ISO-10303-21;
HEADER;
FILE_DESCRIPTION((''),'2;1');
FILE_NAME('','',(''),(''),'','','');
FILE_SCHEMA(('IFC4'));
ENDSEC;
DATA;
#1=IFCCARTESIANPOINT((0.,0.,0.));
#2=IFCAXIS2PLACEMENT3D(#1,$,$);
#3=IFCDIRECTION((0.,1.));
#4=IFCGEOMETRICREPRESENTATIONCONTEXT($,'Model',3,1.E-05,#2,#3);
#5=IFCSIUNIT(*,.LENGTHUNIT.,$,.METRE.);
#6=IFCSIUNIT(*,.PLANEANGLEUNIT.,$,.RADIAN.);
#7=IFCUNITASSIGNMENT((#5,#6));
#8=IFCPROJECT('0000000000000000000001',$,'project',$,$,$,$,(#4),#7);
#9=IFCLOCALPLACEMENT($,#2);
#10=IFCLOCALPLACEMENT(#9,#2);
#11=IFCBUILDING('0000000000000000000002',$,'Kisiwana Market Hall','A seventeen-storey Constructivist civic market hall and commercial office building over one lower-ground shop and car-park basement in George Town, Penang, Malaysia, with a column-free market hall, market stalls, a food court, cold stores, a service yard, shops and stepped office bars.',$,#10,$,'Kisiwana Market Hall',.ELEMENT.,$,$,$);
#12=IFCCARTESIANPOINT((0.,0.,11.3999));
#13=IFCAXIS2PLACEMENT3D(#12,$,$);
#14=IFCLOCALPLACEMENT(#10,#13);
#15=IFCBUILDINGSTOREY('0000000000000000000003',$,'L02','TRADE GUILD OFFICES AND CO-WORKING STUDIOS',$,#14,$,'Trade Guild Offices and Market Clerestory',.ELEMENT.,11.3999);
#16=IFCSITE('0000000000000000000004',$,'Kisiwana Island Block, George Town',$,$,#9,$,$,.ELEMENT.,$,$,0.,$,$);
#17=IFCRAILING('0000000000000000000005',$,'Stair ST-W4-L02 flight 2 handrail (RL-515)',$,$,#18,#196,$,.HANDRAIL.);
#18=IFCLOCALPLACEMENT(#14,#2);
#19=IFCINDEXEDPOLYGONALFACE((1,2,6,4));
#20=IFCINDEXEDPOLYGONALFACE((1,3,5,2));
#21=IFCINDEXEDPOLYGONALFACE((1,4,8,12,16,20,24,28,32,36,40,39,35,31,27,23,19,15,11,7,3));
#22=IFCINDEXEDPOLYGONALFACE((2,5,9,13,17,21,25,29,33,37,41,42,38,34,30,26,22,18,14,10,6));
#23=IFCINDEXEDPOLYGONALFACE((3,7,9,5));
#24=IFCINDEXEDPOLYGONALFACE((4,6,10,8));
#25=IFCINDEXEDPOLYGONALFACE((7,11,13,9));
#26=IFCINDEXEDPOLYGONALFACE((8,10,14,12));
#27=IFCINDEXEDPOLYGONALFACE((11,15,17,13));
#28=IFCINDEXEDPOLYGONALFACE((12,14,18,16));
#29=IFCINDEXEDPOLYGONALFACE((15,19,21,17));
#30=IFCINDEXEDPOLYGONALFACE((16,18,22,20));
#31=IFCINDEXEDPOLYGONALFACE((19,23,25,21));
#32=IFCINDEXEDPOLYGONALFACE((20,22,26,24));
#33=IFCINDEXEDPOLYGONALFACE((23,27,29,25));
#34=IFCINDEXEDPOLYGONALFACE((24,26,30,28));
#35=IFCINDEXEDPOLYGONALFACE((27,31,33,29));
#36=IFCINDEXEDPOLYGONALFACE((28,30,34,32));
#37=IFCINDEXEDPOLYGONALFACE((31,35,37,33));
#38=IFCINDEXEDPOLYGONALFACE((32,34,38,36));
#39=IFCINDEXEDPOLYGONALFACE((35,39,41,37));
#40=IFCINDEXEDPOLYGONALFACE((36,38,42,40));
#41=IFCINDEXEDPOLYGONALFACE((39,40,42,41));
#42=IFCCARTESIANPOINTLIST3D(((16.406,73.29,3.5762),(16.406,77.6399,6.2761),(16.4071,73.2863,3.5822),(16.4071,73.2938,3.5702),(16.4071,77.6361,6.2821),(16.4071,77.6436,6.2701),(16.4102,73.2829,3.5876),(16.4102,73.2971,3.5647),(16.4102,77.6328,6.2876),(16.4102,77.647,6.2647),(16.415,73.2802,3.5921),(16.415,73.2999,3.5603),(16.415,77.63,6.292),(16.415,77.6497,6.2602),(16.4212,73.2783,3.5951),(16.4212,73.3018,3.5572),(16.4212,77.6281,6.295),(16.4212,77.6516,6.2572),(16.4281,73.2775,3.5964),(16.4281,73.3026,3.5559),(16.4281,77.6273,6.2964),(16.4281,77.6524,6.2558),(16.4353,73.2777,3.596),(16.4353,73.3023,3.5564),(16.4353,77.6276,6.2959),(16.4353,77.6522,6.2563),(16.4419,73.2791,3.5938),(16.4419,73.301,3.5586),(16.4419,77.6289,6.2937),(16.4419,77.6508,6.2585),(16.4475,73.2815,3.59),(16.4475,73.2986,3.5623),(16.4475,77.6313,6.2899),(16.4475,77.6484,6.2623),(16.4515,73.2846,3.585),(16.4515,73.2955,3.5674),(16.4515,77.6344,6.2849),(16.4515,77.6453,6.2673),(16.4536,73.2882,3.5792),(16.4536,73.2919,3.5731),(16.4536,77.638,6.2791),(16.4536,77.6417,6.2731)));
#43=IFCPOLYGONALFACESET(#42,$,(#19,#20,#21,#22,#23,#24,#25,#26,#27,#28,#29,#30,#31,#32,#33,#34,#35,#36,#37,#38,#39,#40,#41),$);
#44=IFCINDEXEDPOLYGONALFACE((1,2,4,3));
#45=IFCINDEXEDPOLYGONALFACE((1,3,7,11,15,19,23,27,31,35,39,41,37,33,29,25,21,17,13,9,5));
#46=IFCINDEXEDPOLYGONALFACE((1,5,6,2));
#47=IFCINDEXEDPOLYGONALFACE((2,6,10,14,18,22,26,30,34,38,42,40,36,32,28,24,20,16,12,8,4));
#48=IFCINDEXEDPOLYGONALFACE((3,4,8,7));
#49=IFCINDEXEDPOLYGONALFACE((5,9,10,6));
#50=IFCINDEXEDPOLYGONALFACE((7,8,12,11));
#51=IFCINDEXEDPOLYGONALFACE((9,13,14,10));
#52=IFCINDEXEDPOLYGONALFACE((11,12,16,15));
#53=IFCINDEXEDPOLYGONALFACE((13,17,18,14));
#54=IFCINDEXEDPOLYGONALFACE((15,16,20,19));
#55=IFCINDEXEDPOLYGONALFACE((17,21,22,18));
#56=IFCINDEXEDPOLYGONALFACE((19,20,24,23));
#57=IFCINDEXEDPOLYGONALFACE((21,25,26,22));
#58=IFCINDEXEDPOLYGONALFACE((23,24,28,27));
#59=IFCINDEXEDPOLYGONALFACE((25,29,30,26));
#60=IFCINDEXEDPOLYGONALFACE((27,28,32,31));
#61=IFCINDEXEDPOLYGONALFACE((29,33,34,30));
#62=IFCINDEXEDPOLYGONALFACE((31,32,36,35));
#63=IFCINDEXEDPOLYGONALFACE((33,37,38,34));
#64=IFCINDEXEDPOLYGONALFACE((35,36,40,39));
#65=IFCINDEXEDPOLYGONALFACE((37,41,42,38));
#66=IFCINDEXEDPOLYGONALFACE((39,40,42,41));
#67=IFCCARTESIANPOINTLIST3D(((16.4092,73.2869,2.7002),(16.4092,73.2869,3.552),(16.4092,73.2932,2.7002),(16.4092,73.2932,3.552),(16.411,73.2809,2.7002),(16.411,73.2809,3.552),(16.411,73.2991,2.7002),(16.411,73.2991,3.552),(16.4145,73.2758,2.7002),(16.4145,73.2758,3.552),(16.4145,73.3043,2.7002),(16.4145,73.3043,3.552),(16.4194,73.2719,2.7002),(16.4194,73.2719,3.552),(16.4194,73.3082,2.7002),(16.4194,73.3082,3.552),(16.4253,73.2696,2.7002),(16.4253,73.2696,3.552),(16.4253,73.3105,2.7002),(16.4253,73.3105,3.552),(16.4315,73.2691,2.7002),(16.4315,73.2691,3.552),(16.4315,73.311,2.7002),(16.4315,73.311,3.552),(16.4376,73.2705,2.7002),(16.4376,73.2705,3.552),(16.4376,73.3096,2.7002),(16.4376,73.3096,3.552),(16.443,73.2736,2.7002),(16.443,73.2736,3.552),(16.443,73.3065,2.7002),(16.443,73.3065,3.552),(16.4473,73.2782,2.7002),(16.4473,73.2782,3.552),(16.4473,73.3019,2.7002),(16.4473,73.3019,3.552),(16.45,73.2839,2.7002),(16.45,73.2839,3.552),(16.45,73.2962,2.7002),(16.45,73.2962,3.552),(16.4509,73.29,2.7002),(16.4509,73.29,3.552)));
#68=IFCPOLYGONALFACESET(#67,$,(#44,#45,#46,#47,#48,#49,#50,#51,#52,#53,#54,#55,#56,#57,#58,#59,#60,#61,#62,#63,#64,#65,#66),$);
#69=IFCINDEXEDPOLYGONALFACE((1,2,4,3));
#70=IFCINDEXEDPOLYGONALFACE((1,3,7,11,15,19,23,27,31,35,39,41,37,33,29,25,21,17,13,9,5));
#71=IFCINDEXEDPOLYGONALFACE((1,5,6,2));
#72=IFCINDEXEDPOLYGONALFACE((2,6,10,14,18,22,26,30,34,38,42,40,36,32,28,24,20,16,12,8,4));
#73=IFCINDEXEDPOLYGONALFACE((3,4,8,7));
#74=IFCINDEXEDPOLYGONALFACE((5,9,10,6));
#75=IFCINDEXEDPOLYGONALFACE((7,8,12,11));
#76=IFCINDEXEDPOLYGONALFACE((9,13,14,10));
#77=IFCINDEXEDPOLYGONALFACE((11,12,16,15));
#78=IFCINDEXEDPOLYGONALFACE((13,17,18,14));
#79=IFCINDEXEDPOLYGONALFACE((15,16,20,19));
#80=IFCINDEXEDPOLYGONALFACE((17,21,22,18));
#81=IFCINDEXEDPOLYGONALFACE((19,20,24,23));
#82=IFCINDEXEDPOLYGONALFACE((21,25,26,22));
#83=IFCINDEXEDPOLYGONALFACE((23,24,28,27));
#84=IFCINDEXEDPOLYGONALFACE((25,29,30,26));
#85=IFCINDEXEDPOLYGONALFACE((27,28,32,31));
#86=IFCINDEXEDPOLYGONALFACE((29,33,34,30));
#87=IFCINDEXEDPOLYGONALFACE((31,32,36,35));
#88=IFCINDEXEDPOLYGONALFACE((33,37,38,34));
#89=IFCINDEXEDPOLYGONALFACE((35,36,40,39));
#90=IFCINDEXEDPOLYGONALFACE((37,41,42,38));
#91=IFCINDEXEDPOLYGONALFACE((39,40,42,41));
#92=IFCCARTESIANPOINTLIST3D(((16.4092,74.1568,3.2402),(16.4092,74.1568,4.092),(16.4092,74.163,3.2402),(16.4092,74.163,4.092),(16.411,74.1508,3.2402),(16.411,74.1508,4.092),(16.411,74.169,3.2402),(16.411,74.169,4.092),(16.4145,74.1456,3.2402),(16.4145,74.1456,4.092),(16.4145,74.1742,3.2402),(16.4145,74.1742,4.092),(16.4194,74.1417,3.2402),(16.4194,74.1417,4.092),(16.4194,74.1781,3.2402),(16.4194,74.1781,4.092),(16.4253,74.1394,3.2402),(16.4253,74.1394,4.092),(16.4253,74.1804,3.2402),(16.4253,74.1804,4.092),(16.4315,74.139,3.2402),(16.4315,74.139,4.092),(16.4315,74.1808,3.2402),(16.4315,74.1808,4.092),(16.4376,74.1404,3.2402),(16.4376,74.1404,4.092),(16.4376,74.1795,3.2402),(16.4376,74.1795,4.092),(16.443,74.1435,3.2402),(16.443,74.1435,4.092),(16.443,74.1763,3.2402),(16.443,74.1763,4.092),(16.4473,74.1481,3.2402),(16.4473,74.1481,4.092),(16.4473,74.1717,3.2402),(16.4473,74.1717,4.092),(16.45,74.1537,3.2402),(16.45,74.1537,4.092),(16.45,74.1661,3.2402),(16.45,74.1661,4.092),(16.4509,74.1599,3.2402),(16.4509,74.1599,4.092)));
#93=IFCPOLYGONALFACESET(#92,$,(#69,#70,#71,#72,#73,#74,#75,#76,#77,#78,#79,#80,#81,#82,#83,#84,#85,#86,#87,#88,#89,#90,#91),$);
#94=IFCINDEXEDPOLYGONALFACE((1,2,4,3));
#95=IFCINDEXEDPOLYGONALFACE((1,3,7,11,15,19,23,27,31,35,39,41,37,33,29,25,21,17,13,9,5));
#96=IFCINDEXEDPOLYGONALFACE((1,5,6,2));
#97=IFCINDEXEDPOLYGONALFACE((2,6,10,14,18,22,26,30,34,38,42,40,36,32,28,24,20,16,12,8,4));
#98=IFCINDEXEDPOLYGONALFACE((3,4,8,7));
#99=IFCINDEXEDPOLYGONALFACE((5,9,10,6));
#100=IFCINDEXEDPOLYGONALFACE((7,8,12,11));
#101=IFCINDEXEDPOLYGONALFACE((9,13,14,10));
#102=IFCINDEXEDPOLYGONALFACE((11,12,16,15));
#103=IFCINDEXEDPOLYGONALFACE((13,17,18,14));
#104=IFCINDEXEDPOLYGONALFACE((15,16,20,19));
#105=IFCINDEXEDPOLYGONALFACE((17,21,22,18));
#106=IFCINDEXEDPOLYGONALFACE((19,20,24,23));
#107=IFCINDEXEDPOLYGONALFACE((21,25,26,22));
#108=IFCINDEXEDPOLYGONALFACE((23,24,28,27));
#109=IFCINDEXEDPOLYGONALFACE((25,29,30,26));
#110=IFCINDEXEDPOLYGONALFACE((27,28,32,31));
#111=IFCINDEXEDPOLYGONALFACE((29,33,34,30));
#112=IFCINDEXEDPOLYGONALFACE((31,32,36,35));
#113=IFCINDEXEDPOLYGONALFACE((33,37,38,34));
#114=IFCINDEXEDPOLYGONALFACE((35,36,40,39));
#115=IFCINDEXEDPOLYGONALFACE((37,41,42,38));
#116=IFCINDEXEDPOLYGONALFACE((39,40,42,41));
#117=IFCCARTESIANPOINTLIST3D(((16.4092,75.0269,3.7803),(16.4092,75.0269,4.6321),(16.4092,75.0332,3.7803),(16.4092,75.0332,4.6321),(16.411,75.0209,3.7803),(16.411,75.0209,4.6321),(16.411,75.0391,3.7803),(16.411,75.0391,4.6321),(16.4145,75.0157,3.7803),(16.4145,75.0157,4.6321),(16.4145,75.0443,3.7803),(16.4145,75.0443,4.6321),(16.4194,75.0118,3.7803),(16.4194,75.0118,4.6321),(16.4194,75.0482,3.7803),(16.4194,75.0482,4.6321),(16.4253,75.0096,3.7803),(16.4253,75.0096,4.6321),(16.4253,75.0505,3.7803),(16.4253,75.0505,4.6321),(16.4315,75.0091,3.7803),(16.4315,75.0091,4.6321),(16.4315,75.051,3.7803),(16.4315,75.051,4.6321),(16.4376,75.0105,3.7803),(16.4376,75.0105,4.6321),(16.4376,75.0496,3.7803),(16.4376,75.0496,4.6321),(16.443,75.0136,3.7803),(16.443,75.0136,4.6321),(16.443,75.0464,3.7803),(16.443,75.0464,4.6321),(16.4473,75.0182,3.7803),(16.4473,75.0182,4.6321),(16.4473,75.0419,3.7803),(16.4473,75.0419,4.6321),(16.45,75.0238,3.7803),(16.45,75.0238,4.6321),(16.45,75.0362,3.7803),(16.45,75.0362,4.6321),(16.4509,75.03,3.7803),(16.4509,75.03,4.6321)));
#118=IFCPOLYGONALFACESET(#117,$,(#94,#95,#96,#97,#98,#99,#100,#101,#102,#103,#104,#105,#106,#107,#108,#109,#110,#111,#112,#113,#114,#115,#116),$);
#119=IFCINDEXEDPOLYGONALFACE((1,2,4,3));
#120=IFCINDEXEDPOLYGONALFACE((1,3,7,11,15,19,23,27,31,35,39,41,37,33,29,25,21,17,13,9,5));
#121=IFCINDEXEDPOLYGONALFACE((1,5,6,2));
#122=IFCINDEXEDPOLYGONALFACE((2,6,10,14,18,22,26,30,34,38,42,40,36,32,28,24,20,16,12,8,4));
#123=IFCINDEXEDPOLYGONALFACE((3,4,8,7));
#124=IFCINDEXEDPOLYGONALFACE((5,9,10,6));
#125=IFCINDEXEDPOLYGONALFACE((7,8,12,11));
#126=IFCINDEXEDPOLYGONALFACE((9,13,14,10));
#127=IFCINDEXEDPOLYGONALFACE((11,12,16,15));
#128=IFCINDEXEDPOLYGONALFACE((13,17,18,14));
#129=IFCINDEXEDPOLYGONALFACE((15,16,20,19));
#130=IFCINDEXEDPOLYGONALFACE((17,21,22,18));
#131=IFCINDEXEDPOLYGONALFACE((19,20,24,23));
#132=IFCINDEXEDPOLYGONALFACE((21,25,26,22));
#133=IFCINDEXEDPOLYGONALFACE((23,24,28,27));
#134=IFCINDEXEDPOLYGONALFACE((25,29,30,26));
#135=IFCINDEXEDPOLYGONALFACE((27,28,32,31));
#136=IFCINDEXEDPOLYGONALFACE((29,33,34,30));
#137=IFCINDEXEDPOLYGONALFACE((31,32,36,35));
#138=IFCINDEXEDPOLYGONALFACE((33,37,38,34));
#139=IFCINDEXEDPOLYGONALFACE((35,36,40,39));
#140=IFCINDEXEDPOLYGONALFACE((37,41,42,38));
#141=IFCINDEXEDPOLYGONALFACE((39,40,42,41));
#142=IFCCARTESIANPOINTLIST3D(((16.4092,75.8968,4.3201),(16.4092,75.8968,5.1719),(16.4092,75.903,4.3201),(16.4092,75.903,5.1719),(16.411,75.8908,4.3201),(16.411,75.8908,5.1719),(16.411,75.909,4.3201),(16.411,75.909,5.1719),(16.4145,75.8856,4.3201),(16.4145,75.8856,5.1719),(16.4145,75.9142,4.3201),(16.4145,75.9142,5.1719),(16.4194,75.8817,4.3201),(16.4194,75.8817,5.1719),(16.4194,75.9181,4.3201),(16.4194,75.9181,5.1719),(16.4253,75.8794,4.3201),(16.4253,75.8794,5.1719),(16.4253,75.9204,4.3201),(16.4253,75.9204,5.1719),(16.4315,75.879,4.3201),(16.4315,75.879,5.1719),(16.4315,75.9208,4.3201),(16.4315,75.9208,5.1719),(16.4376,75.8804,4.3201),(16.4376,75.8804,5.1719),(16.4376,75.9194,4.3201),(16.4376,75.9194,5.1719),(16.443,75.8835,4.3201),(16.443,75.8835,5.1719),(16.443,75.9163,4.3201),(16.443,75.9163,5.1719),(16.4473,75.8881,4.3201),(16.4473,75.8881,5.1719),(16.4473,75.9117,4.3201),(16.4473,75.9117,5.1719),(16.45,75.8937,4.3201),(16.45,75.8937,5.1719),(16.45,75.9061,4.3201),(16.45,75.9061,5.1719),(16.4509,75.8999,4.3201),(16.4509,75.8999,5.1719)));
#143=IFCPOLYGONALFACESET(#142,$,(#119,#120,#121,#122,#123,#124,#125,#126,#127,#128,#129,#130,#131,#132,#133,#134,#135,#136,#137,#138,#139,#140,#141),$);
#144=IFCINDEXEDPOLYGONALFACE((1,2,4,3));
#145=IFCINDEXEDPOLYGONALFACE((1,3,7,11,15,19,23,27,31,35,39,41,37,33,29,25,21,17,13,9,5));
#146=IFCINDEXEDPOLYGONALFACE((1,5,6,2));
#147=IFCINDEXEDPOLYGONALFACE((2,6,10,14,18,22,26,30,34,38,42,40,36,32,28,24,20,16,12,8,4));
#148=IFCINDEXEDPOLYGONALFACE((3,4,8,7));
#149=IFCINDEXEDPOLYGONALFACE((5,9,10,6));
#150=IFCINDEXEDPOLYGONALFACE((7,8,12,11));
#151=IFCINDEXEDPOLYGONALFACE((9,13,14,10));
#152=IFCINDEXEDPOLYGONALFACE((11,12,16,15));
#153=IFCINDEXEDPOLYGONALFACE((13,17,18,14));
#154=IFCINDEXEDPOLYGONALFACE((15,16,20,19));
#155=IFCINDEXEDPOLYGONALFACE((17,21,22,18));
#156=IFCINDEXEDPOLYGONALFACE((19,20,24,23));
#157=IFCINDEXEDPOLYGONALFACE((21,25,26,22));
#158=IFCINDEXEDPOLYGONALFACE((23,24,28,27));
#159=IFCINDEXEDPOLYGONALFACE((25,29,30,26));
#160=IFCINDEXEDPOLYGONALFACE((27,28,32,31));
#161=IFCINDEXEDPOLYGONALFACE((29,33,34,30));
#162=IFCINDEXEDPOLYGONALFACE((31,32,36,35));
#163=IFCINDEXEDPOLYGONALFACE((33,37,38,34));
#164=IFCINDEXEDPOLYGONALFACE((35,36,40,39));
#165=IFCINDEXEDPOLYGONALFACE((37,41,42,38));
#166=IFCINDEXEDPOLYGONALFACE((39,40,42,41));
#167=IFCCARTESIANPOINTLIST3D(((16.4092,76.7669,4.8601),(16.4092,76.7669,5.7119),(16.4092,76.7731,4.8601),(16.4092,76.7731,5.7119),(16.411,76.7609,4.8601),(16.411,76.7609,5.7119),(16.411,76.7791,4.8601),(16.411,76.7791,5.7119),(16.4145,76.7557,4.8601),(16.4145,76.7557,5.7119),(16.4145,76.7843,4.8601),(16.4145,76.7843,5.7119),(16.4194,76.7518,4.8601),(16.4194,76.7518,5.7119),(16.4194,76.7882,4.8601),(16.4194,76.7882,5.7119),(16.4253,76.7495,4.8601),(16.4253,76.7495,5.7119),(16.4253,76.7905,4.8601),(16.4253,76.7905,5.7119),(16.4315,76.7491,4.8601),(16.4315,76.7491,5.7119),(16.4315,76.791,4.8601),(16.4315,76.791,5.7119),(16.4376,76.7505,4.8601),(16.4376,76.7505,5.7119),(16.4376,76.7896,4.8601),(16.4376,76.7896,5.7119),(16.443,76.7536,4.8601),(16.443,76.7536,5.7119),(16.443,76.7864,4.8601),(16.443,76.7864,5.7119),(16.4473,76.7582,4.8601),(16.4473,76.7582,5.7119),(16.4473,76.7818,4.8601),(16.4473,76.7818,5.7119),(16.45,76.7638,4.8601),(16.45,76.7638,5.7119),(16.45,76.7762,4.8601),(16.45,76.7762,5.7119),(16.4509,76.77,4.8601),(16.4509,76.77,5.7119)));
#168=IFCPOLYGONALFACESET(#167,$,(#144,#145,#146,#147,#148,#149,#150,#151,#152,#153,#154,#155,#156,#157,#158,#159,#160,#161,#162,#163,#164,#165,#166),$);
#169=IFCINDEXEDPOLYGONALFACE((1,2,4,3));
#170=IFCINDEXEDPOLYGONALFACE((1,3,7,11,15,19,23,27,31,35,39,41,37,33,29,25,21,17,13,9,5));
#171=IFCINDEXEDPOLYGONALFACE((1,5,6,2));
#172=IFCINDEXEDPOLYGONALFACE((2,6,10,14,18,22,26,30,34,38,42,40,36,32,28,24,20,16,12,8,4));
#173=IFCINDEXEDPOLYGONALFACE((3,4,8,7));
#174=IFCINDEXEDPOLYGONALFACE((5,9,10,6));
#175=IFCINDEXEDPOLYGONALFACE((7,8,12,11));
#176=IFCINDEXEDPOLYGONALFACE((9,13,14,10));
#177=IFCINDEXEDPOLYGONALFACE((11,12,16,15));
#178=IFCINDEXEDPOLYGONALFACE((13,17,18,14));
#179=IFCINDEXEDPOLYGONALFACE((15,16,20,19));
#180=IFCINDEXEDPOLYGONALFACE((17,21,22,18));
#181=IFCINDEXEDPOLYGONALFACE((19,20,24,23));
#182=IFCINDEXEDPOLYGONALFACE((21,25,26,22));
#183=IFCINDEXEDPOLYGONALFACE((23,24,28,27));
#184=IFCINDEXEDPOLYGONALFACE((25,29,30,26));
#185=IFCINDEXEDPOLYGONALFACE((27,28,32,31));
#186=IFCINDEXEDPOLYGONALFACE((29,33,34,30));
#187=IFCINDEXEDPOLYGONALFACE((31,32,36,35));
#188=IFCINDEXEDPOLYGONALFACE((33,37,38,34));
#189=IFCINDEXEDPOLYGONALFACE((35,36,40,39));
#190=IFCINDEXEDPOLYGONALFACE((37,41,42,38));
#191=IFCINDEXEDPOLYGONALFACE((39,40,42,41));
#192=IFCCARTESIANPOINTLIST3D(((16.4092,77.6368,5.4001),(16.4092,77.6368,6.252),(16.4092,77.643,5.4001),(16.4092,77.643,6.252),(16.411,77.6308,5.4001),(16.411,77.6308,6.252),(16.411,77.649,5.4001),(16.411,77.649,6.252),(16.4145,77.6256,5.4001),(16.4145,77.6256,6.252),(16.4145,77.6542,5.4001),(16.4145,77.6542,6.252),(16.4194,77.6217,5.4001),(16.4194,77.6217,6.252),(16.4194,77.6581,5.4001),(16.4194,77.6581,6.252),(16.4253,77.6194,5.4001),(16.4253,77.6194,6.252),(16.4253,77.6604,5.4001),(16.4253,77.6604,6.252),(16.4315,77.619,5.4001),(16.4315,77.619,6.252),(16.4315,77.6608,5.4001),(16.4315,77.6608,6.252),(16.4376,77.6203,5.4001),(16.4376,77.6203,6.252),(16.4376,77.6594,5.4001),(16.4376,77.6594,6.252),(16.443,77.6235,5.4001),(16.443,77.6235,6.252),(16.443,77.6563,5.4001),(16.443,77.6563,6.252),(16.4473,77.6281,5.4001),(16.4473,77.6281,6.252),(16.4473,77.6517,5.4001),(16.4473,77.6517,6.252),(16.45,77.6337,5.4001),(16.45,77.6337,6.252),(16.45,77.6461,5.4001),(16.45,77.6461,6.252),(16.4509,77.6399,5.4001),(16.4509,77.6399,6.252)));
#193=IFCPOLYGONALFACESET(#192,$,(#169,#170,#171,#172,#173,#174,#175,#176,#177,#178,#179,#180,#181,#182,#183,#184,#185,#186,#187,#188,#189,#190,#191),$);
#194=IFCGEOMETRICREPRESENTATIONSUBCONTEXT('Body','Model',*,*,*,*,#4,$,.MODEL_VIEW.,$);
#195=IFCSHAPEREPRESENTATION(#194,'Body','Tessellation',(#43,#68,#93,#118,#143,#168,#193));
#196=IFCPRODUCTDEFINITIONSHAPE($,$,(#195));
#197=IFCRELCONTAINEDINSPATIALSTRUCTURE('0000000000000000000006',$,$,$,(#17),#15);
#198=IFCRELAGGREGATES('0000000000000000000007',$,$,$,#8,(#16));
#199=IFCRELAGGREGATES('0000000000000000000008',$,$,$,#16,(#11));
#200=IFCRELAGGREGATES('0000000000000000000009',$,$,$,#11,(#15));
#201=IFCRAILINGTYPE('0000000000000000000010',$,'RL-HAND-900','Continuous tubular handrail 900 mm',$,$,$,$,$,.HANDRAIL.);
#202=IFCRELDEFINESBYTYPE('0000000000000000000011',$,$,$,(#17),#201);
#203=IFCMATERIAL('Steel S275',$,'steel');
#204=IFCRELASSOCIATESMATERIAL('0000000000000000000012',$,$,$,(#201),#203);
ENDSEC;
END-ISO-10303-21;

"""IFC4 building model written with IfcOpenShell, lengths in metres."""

from ifc_helpers import new_model, si_unit, direction, frame, origin, origin_2d, place, context, subcontext, project, spatial, circle, extrude, material, type_object, element, save


model = new_model("IFC4")

# Units and contexts
model_context = context("Model", 3, precision=1e-05, world=origin(), true_north=direction((0.0, 1.0)))
body_context = subcontext(model_context, "Body", "Model", "MODEL_VIEW")
ifc_project = project(units=[si_unit("LENGTHUNIT", "METRE"), si_unit("PLANEANGLEUNIT", "RADIAN")], contexts=[model_context])

# Site, building, storey
site_placement = place(None, origin())
site = spatial("IfcSite", under=ifc_project, at=site_placement, Name="Kisiwana Island Block, George Town", CompositionType="ELEMENT", RefElevation=0.0)
building_placement = place(site_placement, origin())
building = spatial("IfcBuilding", under=site, at=building_placement, Name="Kisiwana Market Hall", Description="A seventeen-storey Constructivist civic market hall and commercial office building over one lower-ground shop and car-park basement in George Town, Penang, Malaysia, with a column-free market hall, market stalls, a food court, cold stores, a service yard, shops and stepped office bars.", LongName="Kisiwana Market Hall", CompositionType="ELEMENT")
storey_placement = place(building_placement, frame((0.0, 0.0, 11.3999)))
storey = spatial("IfcBuildingStorey", under=building, at=storey_placement, Name="L02", Description="TRADE GUILD OFFICES AND CO-WORKING STUDIOS", LongName="Trade Guild Offices and Market Clerestory", CompositionType="ELEMENT", Elevation=11.3999)

# Railing
ifc_material_1 = material(Name="Steel S275", Category="steel")
railing_type_1 = type_object("IfcRailingType", Name="RL-HAND-900", Description="Continuous tubular handrail 900 mm", PredefinedType="HANDRAIL", material=ifc_material_1)
for number, where, name in (
    (1, (16.4299, 73.29, 2.7002), "Stair ST-W4-L02 flight 2 handrail (RL-515)"),
):
    element("IfcRailing", number, at=place(storey_placement, frame(where)), inside=storey, type_object=railing_type_1, Name=name, PredefinedType="HANDRAIL", context=body_context, shape_type="SweptSolid", body=[
        extrude(circle(Radius=0.0239, at=origin_2d()), frame((0.0, 0.0, 0.876), z_axis=(0.0, 0.849636, 0.527369), x_axis=(-1.0, 0.0, 0.0)), (0.0, 0.0, 1.0), 5.1196),
        extrude(circle(Radius=0.021, at=origin_2d()), origin(), (0.0, 0.0, 1.0), 0.8518),
        extrude(circle(Radius=0.021, at=origin_2d()), frame((0.0, 0.8699, 0.54)), (0.0, 0.0, 1.0), 0.8518),
        extrude(circle(Radius=0.021, at=origin_2d()), frame((0.0, 1.74, 1.0801)), (0.0, 0.0, 1.0), 0.8518),
        extrude(circle(Radius=0.021, at=origin_2d()), frame((0.0, 2.6099, 1.6199)), (0.0, 0.0, 1.0), 0.8518),
        extrude(circle(Radius=0.021, at=origin_2d()), frame((0.0, 3.48, 2.1599)), (0.0, 0.0, 1.0), 0.8518),
        extrude(circle(Radius=0.021, at=origin_2d()), frame((0.0, 4.3499, 2.7)), (0.0, 0.0, 1.0), 0.8518),
    ])

save(model, "model.ifc")
